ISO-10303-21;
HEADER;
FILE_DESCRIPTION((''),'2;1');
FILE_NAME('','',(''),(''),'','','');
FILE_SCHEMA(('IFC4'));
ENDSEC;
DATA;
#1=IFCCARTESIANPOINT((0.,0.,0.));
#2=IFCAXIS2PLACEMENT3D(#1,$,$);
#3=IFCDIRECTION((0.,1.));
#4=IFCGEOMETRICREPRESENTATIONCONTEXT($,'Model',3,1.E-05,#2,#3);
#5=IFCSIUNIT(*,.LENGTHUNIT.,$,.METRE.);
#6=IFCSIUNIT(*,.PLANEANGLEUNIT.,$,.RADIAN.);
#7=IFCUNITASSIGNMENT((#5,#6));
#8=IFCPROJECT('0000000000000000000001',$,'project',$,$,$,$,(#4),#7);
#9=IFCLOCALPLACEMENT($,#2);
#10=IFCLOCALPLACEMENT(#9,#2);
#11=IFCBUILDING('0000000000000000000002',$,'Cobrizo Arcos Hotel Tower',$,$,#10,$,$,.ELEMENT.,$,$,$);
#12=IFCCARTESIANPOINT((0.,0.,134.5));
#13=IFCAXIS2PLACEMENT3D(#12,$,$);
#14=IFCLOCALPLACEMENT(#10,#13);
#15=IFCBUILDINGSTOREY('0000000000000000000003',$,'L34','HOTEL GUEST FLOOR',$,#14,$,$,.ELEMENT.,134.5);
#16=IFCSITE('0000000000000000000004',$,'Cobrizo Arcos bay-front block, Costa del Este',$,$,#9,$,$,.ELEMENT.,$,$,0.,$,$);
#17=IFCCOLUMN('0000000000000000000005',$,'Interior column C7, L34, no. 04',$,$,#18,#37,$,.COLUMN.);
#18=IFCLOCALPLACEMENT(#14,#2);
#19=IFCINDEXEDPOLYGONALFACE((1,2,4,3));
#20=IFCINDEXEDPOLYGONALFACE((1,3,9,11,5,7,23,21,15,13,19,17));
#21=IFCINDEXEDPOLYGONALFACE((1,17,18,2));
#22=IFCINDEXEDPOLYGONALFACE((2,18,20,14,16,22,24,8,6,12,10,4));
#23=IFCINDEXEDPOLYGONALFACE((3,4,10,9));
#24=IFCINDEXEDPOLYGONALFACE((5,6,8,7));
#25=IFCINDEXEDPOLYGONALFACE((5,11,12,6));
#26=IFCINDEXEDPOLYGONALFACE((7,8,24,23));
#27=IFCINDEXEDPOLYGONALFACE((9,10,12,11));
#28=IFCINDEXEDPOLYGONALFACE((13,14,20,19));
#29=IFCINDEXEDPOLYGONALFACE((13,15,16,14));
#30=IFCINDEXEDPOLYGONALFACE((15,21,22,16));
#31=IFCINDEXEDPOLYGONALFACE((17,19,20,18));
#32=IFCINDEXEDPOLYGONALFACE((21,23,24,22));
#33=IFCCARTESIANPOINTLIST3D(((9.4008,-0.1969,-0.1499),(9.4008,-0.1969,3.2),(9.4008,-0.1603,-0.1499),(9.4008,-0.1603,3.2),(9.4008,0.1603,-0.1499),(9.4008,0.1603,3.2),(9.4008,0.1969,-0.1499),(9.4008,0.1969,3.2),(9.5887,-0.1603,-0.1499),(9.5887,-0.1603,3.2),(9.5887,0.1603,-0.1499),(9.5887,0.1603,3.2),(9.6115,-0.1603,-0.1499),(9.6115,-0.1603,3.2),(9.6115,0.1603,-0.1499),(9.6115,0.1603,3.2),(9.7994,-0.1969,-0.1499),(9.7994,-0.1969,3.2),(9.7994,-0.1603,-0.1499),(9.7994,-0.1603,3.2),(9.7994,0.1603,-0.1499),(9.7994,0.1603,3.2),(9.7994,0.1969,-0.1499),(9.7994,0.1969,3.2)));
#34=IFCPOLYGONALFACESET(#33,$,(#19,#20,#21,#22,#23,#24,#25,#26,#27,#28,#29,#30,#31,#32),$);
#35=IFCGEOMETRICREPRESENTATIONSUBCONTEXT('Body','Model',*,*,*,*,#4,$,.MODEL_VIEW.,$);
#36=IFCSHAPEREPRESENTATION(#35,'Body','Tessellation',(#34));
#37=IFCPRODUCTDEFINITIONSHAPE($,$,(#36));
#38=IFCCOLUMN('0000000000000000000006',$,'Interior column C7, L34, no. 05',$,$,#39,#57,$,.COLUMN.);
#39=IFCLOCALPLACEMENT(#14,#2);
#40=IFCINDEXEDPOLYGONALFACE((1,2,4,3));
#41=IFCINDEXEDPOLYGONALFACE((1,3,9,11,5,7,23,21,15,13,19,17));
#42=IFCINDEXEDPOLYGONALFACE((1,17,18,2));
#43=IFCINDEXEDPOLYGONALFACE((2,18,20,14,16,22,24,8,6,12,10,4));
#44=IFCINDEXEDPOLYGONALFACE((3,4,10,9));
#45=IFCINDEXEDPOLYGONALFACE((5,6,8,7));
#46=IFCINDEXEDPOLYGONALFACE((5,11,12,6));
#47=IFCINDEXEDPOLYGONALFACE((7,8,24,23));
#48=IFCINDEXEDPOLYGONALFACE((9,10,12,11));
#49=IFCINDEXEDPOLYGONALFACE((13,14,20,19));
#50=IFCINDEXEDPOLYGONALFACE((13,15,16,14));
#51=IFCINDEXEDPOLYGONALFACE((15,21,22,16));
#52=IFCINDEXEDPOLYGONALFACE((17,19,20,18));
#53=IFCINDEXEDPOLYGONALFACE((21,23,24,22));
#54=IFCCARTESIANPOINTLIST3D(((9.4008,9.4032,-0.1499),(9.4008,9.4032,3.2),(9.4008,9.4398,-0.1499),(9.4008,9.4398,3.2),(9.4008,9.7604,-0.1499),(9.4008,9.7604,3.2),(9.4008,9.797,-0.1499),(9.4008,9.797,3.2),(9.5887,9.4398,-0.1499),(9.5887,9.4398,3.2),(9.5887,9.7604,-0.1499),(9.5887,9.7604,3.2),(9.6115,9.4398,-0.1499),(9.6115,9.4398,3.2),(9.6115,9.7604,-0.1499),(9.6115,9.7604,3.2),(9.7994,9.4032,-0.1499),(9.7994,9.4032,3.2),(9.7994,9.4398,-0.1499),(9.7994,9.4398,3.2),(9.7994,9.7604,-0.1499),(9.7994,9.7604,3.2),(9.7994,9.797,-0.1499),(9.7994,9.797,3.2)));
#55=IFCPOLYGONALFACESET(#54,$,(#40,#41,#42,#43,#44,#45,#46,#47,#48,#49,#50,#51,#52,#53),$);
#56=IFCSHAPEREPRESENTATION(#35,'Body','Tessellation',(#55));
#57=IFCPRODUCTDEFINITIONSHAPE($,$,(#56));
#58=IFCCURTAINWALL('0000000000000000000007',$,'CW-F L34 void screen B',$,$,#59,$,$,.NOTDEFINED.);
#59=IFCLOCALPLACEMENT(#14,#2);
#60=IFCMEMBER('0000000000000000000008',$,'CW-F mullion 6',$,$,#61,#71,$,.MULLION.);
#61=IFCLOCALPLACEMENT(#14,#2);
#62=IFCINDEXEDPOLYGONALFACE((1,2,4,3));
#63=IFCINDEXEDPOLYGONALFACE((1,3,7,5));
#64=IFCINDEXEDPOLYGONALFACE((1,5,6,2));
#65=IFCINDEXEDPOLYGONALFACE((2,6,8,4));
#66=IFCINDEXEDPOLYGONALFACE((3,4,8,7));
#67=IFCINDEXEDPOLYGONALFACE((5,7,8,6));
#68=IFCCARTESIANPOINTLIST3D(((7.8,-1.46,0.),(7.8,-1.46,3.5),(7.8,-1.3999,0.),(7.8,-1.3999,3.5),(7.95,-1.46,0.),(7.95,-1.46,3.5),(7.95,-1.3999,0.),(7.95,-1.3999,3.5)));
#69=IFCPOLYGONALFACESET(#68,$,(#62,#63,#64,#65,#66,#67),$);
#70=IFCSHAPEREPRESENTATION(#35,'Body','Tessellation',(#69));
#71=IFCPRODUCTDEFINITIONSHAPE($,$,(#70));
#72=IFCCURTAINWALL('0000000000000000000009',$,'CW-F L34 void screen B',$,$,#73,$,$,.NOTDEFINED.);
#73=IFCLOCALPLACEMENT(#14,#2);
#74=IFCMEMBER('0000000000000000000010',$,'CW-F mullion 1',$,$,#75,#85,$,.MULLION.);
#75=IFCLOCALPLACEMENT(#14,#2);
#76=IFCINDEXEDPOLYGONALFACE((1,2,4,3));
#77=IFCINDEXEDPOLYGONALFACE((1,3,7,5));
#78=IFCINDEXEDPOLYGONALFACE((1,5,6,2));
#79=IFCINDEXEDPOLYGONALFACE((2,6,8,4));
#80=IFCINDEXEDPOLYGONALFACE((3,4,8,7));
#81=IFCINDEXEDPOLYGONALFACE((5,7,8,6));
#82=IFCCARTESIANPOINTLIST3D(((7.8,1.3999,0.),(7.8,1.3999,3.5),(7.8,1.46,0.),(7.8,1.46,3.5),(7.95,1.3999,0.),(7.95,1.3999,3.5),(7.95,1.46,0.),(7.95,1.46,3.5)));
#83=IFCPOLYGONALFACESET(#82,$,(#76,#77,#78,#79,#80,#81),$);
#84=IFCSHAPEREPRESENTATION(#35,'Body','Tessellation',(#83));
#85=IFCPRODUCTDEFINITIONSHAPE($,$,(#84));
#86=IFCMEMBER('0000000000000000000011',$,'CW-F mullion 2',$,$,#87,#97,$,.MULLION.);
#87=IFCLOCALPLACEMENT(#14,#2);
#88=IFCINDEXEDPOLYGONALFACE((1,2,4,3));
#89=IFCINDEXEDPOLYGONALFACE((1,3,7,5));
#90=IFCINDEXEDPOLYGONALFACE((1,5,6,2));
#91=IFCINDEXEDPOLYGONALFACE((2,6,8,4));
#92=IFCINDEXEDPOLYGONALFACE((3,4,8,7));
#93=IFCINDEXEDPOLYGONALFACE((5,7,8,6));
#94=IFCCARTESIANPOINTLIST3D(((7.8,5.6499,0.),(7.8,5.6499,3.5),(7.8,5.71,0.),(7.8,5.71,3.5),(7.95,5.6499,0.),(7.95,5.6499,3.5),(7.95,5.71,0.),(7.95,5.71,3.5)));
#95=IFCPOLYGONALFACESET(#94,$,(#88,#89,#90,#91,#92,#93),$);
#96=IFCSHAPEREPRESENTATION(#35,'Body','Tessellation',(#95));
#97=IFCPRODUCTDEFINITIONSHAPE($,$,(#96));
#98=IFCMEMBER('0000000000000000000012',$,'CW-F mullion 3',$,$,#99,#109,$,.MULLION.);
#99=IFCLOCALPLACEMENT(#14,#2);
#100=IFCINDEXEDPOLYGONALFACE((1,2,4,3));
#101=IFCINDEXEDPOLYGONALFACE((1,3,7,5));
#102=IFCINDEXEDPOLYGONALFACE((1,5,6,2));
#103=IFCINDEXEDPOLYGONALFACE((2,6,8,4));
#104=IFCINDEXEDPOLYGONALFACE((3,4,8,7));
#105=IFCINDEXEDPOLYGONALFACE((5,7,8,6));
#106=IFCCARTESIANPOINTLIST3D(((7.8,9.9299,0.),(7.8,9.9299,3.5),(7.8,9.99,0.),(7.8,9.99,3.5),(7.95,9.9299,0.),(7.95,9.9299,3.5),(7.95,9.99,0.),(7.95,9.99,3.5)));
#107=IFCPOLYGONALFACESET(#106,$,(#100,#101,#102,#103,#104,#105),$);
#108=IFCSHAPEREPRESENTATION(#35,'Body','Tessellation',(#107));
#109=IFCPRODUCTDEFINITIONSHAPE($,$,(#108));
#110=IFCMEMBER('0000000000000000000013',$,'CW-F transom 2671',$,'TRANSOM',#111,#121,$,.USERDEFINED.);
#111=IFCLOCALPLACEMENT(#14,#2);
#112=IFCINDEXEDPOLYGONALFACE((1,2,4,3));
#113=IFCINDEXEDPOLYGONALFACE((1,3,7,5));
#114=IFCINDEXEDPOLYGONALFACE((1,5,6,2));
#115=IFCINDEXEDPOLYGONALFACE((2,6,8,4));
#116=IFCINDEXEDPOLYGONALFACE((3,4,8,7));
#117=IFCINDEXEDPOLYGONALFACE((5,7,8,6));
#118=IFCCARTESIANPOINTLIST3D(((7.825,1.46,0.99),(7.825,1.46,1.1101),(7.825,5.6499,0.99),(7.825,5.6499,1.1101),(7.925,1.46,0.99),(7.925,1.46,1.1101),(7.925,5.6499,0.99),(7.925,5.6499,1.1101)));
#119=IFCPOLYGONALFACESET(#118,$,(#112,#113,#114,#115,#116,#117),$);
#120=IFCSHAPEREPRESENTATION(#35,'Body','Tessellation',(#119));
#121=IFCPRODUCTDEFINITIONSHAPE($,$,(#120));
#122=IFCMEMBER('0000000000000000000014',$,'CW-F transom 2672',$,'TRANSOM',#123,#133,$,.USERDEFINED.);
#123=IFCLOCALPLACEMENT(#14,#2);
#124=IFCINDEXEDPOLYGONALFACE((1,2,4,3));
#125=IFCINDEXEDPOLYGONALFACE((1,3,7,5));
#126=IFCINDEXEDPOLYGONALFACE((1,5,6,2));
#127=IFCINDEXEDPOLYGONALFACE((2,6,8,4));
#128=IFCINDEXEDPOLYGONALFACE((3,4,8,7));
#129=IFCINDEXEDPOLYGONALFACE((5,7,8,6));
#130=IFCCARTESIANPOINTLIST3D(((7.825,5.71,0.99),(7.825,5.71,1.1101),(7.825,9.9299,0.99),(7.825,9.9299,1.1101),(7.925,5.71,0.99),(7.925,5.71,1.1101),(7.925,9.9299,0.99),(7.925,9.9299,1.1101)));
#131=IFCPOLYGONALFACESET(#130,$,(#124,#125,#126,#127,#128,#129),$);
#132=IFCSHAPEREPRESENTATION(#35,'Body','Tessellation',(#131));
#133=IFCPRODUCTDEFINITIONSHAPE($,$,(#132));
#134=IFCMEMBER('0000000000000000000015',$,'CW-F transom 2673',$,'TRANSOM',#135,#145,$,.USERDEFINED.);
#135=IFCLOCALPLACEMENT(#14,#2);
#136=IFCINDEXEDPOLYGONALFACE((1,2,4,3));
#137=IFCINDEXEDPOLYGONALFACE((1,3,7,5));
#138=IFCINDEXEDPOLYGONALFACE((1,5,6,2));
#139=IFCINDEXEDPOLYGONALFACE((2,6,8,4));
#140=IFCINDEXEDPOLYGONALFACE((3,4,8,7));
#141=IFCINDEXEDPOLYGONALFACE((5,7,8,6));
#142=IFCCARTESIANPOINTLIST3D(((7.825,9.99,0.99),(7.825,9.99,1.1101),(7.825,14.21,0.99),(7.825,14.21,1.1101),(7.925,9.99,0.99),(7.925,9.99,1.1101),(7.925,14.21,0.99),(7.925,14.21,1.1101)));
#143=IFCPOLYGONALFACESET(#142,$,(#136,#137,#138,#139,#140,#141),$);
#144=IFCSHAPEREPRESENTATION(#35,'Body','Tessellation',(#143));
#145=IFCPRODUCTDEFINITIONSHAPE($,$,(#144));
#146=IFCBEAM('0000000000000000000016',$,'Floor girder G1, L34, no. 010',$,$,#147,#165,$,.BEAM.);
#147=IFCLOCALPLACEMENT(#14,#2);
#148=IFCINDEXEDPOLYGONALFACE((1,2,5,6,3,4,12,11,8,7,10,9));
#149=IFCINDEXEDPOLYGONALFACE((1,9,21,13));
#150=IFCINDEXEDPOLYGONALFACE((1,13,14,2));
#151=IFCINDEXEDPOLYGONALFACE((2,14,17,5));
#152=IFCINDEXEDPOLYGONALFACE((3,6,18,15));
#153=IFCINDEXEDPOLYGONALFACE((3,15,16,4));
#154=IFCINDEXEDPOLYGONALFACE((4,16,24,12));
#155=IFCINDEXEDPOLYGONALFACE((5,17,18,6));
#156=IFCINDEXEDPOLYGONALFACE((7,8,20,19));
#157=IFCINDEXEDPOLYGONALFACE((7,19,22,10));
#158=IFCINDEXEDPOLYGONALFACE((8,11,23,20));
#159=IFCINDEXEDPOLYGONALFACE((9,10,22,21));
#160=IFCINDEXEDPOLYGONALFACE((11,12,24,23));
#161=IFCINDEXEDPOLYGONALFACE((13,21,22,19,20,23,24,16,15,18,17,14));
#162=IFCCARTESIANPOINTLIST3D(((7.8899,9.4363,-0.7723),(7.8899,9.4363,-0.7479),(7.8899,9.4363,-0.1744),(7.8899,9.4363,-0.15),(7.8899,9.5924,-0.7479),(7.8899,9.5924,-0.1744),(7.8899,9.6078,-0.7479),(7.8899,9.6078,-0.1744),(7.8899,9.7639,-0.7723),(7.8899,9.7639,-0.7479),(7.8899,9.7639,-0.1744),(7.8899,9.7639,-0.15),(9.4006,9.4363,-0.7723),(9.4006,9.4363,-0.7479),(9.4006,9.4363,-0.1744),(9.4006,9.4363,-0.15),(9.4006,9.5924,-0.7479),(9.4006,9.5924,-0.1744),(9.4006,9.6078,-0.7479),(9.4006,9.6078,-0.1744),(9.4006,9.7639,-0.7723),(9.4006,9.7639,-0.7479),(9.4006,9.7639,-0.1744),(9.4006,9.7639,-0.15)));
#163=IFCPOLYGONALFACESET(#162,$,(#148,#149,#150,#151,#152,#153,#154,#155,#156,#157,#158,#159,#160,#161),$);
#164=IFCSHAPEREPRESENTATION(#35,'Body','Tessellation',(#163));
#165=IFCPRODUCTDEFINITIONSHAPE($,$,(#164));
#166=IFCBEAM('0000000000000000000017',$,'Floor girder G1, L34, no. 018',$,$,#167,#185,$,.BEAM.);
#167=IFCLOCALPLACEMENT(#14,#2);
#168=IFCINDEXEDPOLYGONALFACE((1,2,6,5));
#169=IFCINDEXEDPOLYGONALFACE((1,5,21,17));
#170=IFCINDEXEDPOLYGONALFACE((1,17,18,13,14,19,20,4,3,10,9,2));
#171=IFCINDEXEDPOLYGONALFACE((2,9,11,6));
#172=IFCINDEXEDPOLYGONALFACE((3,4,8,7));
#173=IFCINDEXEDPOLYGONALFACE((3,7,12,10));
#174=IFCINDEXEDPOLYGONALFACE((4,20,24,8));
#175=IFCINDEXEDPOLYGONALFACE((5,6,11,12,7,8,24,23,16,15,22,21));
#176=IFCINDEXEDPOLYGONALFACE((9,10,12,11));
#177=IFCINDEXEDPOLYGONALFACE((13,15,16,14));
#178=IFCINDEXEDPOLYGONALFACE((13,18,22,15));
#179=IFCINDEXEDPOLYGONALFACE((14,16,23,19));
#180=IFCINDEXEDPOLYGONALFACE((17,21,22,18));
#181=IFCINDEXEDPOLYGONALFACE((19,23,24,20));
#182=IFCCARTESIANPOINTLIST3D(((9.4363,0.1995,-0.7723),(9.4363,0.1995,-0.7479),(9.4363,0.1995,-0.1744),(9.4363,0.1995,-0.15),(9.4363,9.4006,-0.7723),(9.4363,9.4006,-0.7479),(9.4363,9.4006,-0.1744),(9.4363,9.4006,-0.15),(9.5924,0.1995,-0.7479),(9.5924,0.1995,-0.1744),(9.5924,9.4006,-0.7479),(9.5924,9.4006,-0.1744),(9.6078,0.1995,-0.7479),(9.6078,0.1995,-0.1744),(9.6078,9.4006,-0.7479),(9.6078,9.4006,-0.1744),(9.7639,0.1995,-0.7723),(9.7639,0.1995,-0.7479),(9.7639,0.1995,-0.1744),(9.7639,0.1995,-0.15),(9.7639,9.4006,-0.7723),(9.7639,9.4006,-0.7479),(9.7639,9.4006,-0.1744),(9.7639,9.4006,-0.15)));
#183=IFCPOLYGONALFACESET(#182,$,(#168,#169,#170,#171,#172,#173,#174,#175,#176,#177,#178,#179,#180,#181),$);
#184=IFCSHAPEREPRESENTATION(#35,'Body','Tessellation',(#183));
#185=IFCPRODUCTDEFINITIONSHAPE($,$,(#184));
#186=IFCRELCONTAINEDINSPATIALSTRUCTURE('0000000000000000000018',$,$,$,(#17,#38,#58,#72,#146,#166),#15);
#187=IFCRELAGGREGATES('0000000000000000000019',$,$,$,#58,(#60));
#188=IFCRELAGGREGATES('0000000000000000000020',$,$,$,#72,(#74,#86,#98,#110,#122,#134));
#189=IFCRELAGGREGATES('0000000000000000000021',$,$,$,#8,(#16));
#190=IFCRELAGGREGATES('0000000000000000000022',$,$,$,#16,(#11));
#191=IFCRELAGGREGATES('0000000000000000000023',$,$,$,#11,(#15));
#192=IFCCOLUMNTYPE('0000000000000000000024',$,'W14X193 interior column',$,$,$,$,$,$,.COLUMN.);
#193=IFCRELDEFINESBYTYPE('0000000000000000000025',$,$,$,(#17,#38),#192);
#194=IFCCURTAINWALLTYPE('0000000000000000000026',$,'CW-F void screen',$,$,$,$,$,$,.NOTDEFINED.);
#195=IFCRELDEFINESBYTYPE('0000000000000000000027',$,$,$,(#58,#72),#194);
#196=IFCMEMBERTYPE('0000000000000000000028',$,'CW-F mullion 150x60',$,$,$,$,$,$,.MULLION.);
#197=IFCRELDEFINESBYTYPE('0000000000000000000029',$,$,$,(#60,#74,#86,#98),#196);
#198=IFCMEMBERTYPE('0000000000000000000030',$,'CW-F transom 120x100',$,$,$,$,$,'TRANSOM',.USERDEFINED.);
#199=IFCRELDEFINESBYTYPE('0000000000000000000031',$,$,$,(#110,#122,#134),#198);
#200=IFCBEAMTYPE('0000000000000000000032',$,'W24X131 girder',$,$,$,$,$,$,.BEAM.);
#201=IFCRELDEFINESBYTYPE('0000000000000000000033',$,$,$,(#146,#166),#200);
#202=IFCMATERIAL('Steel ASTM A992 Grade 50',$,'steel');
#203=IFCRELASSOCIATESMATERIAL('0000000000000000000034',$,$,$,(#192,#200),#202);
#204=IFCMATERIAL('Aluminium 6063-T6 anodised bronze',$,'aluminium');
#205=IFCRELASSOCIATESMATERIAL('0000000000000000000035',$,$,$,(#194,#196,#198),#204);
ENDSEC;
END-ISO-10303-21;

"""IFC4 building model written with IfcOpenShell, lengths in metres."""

from ifc_helpers import new_model, si_unit, direction, frame, origin, origin_2d, place, context, subcontext, project, spatial, rectangle, i_section, extrude, material, material_profile, profile_set, type_object, element, aggregate, save


model = new_model("IFC4")

# Units and contexts
model_context = context("Model", 3, precision=1e-05, world=origin(), true_north=direction((0.0, 1.0)))
body_context = subcontext(model_context, "Body", "Model", "MODEL_VIEW")
ifc_project = project(units=[si_unit("LENGTHUNIT", "METRE"), si_unit("PLANEANGLEUNIT", "RADIAN")], contexts=[model_context])

# Site, building, storey
site_placement = place(None, origin())
site = spatial("IfcSite", under=ifc_project, at=site_placement, Name="Cobrizo Arcos bay-front block, Costa del Este", CompositionType="ELEMENT", RefElevation=0.0)
building_placement = place(site_placement, origin())
building = spatial("IfcBuilding", under=site, at=building_placement, Name="Cobrizo Arcos Hotel Tower", CompositionType="ELEMENT")
storey_placement = place(building_placement, frame((0.0, 0.0, 134.5)))
storey = spatial("IfcBuildingStorey", under=building, at=storey_placement, Name="L34", Description="HOTEL GUEST FLOOR", CompositionType="ELEMENT", Elevation=134.5)

# Columns
ifc_material_1 = material(Name="Steel ASTM A992 Grade 50", Category="steel")
ifc_material_profile_1 = material_profile(ifc_material_1, i_section(OverallWidth=0.3987, OverallDepth=0.3938, WebThickness=0.0227, FlangeThickness=0.0366, at=origin_2d()), Name="W14X193")
ifc_profile_set_1 = profile_set([ifc_material_profile_1], Name="Steel ASTM A992 Grade 50")
column_type = type_object("IfcColumnType", Name="W14X193 interior column", PredefinedType="COLUMN", material=ifc_profile_set_1)
for number, where, z_axis, x_axis, name in (
    (1, (9.6001, 0.0, -0.1499), (0.0, 0.0, 1.0), (1.0, 0.0, 0.0), "Interior column C7, L34, no. 04"),
    (2, (9.6001, 9.6001, -0.1499), (0.0, 0.0, 1.0), (1.0, 0.0, 0.0), "Interior column C7, L34, no. 05"),
):
    element("IfcColumn", number, at=place(storey_placement, frame(where, z_axis=z_axis, x_axis=x_axis)), inside=storey, type_object=column_type, Name=name, PredefinedType="COLUMN", context=body_context, shape_type="SweptSolid", body=[
        extrude(i_section(OverallWidth=0.3987, OverallDepth=0.3938, WebThickness=0.0227, FlangeThickness=0.0366, at=origin_2d()), origin(), (0.0, 0.0, 1.0), 3.3499),
    ])

# Curtain wall, member
ifc_material_2 = material(Name="Aluminium 6063-T6 anodised bronze", Category="aluminium")
curtain_wall_type = type_object("IfcCurtainWallType", Name="CW-F void screen", PredefinedType="NOTDEFINED", material=ifc_material_2)
curtain_wall_1_placement = place(storey_placement, origin())
curtain_wall_1 = element("IfcCurtainWall", 3, at=curtain_wall_1_placement, inside=storey, type_object=curtain_wall_type, Name="CW-F L34 void screen B", PredefinedType="NOTDEFINED")
ifc_material_profile_2 = material_profile(ifc_material_2, rectangle(XDim=0.1499, YDim=0.0601, at=origin_2d()), Name="CW-F mullion 150x60")
ifc_profile_set_2 = profile_set([ifc_material_profile_2], Name="Aluminium 6063-T6 anodised bronze")
member_type_1 = type_object("IfcMemberType", Name="CW-F mullion 150x60", PredefinedType="MULLION", material=ifc_profile_set_2)
member_1_placement = place(storey_placement, frame((7.875, -1.4299, 0.0), z_axis=(0.0, 0.0, 1.0), x_axis=(1.0, 0.0, 0.0)))
member_1 = element("IfcMember", 4, at=member_1_placement, type_object=member_type_1, Name="CW-F mullion 6", PredefinedType="MULLION", context=body_context, shape_type="SweptSolid", body=[
    extrude(rectangle(XDim=0.1499, YDim=0.0601, at=origin_2d()), origin(), (0.0, 0.0, 1.0), 3.5),
])
aggregate(curtain_wall_1, [member_1])

# Curtain wall, members
curtain_wall_2_placement = place(storey_placement, origin())
curtain_wall_2 = element("IfcCurtainWall", 5, at=curtain_wall_2_placement, inside=storey, type_object=curtain_wall_type, Name="CW-F L34 void screen B", PredefinedType="NOTDEFINED")
member_2_placement = place(storey_placement, frame((7.875, 1.4299, 0.0), z_axis=(0.0, 0.0, 1.0), x_axis=(1.0, 0.0, 0.0)))
member_2 = element("IfcMember", 6, at=member_2_placement, type_object=member_type_1, Name="CW-F mullion 1", PredefinedType="MULLION", context=body_context, shape_type="SweptSolid", body=[
    extrude(rectangle(XDim=0.1499, YDim=0.0601, at=origin_2d()), origin(), (0.0, 0.0, 1.0), 3.5),
])
member_3_placement = place(storey_placement, frame((7.875, 5.6799, 0.0), z_axis=(0.0, 0.0, 1.0), x_axis=(1.0, 0.0, 0.0)))
member_3 = element("IfcMember", 7, at=member_3_placement, type_object=member_type_1, Name="CW-F mullion 2", PredefinedType="MULLION", context=body_context, shape_type="SweptSolid", body=[
    extrude(rectangle(XDim=0.1499, YDim=0.0601, at=origin_2d()), origin(), (0.0, 0.0, 1.0), 3.5),
])
member_4_placement = place(storey_placement, frame((7.875, 9.96, 0.0), z_axis=(0.0, 0.0, 1.0), x_axis=(1.0, 0.0, 0.0)))
member_4 = element("IfcMember", 8, at=member_4_placement, type_object=member_type_1, Name="CW-F mullion 3", PredefinedType="MULLION", context=body_context, shape_type="SweptSolid", body=[
    extrude(rectangle(XDim=0.1499, YDim=0.0601, at=origin_2d()), origin(), (0.0, 0.0, 1.0), 3.5),
])
ifc_material_profile_3 = material_profile(ifc_material_2, rectangle(XDim=0.1001, YDim=0.1201, at=origin_2d()), Name="CW-F transom 120x100")
ifc_profile_set_3 = profile_set([ifc_material_profile_3], Name="Aluminium 6063-T6 anodised bronze")
member_type_2 = type_object("IfcMemberType", Name="CW-F transom 120x100", ElementType="TRANSOM", PredefinedType="USERDEFINED", material=ifc_profile_set_3)
member_5_placement = place(storey_placement, frame((7.875, 1.46, 1.05), z_axis=(0.0, 1.0, 0.0), x_axis=(-1.0, 0.0, 0.0)))
member_5 = element("IfcMember", 9, at=member_5_placement, type_object=member_type_2, Name="CW-F transom 2671", ObjectType="TRANSOM", PredefinedType="USERDEFINED", context=body_context, shape_type="SweptSolid", body=[
    extrude(rectangle(XDim=0.1001, YDim=0.1201, at=origin_2d()), origin(), (0.0, 0.0, 1.0), 4.1899),
])
member_6_placement = place(storey_placement, frame((7.875, 5.71, 1.05), z_axis=(0.0, 1.0, 0.0), x_axis=(-1.0, 0.0, 0.0)))
member_6 = element("IfcMember", 10, at=member_6_placement, type_object=member_type_2, Name="CW-F transom 2672", ObjectType="TRANSOM", PredefinedType="USERDEFINED", context=body_context, shape_type="SweptSolid", body=[
    extrude(rectangle(XDim=0.1001, YDim=0.1201, at=origin_2d()), origin(), (0.0, 0.0, 1.0), 4.22),
])
member_7_placement = place(storey_placement, frame((7.875, 9.99, 1.05), z_axis=(0.0, 1.0, 0.0), x_axis=(-1.0, 0.0, 0.0)))
member_7 = element("IfcMember", 11, at=member_7_placement, type_object=member_type_2, Name="CW-F transom 2673", ObjectType="TRANSOM", PredefinedType="USERDEFINED", context=body_context, shape_type="SweptSolid", body=[
    extrude(rectangle(XDim=0.1001, YDim=0.1201, at=origin_2d()), origin(), (0.0, 0.0, 1.0), 4.22),
])

# Beams
ifc_material_profile_4 = material_profile(ifc_material_1, i_section(OverallWidth=0.3276, OverallDepth=0.6223, WebThickness=0.0154, FlangeThickness=0.0244, at=origin_2d()), Name="W24X131")
ifc_profile_set_4 = profile_set([ifc_material_profile_4], Name="Steel ASTM A992 Grade 50")
beam_type_1 = type_object("IfcBeamType", Name="W24X131 girder", PredefinedType="BEAM", material=ifc_profile_set_4)
beam_1_placement = place(storey_placement, frame((7.8899, 9.6001, -0.4612), z_axis=(1.0, 0.0, 0.0), x_axis=(0.0, 1.0, 0.0)))
element("IfcBeam", 12, at=beam_1_placement, inside=storey, type_object=beam_type_1, Name="Floor girder G1, L34, no. 010", PredefinedType="BEAM", context=body_context, shape_type="SweptSolid", body=[
    extrude(i_section(OverallWidth=0.3276, OverallDepth=0.6223, WebThickness=0.0154, FlangeThickness=0.0244, at=origin_2d()), origin(), (0.0, 0.0, 1.0), 1.5107),
])
beam_2_placement = place(storey_placement, frame((9.6001, 0.1995, -0.4612), z_axis=(0.0, 1.0, 0.0), x_axis=(-1.0, 0.0, 0.0)))
element("IfcBeam", 13, at=beam_2_placement, inside=storey, type_object=beam_type_1, Name="Floor girder G1, L34, no. 018", PredefinedType="BEAM", context=body_context, shape_type="SweptSolid", body=[
    extrude(i_section(OverallWidth=0.3276, OverallDepth=0.6223, WebThickness=0.0154, FlangeThickness=0.0244, at=origin_2d()), origin(), (0.0, 0.0, 1.0), 9.2012),
])

aggregate(curtain_wall_2, [member_2, member_3, member_4, member_5, member_6, member_7])

save(model, "model.ifc")
